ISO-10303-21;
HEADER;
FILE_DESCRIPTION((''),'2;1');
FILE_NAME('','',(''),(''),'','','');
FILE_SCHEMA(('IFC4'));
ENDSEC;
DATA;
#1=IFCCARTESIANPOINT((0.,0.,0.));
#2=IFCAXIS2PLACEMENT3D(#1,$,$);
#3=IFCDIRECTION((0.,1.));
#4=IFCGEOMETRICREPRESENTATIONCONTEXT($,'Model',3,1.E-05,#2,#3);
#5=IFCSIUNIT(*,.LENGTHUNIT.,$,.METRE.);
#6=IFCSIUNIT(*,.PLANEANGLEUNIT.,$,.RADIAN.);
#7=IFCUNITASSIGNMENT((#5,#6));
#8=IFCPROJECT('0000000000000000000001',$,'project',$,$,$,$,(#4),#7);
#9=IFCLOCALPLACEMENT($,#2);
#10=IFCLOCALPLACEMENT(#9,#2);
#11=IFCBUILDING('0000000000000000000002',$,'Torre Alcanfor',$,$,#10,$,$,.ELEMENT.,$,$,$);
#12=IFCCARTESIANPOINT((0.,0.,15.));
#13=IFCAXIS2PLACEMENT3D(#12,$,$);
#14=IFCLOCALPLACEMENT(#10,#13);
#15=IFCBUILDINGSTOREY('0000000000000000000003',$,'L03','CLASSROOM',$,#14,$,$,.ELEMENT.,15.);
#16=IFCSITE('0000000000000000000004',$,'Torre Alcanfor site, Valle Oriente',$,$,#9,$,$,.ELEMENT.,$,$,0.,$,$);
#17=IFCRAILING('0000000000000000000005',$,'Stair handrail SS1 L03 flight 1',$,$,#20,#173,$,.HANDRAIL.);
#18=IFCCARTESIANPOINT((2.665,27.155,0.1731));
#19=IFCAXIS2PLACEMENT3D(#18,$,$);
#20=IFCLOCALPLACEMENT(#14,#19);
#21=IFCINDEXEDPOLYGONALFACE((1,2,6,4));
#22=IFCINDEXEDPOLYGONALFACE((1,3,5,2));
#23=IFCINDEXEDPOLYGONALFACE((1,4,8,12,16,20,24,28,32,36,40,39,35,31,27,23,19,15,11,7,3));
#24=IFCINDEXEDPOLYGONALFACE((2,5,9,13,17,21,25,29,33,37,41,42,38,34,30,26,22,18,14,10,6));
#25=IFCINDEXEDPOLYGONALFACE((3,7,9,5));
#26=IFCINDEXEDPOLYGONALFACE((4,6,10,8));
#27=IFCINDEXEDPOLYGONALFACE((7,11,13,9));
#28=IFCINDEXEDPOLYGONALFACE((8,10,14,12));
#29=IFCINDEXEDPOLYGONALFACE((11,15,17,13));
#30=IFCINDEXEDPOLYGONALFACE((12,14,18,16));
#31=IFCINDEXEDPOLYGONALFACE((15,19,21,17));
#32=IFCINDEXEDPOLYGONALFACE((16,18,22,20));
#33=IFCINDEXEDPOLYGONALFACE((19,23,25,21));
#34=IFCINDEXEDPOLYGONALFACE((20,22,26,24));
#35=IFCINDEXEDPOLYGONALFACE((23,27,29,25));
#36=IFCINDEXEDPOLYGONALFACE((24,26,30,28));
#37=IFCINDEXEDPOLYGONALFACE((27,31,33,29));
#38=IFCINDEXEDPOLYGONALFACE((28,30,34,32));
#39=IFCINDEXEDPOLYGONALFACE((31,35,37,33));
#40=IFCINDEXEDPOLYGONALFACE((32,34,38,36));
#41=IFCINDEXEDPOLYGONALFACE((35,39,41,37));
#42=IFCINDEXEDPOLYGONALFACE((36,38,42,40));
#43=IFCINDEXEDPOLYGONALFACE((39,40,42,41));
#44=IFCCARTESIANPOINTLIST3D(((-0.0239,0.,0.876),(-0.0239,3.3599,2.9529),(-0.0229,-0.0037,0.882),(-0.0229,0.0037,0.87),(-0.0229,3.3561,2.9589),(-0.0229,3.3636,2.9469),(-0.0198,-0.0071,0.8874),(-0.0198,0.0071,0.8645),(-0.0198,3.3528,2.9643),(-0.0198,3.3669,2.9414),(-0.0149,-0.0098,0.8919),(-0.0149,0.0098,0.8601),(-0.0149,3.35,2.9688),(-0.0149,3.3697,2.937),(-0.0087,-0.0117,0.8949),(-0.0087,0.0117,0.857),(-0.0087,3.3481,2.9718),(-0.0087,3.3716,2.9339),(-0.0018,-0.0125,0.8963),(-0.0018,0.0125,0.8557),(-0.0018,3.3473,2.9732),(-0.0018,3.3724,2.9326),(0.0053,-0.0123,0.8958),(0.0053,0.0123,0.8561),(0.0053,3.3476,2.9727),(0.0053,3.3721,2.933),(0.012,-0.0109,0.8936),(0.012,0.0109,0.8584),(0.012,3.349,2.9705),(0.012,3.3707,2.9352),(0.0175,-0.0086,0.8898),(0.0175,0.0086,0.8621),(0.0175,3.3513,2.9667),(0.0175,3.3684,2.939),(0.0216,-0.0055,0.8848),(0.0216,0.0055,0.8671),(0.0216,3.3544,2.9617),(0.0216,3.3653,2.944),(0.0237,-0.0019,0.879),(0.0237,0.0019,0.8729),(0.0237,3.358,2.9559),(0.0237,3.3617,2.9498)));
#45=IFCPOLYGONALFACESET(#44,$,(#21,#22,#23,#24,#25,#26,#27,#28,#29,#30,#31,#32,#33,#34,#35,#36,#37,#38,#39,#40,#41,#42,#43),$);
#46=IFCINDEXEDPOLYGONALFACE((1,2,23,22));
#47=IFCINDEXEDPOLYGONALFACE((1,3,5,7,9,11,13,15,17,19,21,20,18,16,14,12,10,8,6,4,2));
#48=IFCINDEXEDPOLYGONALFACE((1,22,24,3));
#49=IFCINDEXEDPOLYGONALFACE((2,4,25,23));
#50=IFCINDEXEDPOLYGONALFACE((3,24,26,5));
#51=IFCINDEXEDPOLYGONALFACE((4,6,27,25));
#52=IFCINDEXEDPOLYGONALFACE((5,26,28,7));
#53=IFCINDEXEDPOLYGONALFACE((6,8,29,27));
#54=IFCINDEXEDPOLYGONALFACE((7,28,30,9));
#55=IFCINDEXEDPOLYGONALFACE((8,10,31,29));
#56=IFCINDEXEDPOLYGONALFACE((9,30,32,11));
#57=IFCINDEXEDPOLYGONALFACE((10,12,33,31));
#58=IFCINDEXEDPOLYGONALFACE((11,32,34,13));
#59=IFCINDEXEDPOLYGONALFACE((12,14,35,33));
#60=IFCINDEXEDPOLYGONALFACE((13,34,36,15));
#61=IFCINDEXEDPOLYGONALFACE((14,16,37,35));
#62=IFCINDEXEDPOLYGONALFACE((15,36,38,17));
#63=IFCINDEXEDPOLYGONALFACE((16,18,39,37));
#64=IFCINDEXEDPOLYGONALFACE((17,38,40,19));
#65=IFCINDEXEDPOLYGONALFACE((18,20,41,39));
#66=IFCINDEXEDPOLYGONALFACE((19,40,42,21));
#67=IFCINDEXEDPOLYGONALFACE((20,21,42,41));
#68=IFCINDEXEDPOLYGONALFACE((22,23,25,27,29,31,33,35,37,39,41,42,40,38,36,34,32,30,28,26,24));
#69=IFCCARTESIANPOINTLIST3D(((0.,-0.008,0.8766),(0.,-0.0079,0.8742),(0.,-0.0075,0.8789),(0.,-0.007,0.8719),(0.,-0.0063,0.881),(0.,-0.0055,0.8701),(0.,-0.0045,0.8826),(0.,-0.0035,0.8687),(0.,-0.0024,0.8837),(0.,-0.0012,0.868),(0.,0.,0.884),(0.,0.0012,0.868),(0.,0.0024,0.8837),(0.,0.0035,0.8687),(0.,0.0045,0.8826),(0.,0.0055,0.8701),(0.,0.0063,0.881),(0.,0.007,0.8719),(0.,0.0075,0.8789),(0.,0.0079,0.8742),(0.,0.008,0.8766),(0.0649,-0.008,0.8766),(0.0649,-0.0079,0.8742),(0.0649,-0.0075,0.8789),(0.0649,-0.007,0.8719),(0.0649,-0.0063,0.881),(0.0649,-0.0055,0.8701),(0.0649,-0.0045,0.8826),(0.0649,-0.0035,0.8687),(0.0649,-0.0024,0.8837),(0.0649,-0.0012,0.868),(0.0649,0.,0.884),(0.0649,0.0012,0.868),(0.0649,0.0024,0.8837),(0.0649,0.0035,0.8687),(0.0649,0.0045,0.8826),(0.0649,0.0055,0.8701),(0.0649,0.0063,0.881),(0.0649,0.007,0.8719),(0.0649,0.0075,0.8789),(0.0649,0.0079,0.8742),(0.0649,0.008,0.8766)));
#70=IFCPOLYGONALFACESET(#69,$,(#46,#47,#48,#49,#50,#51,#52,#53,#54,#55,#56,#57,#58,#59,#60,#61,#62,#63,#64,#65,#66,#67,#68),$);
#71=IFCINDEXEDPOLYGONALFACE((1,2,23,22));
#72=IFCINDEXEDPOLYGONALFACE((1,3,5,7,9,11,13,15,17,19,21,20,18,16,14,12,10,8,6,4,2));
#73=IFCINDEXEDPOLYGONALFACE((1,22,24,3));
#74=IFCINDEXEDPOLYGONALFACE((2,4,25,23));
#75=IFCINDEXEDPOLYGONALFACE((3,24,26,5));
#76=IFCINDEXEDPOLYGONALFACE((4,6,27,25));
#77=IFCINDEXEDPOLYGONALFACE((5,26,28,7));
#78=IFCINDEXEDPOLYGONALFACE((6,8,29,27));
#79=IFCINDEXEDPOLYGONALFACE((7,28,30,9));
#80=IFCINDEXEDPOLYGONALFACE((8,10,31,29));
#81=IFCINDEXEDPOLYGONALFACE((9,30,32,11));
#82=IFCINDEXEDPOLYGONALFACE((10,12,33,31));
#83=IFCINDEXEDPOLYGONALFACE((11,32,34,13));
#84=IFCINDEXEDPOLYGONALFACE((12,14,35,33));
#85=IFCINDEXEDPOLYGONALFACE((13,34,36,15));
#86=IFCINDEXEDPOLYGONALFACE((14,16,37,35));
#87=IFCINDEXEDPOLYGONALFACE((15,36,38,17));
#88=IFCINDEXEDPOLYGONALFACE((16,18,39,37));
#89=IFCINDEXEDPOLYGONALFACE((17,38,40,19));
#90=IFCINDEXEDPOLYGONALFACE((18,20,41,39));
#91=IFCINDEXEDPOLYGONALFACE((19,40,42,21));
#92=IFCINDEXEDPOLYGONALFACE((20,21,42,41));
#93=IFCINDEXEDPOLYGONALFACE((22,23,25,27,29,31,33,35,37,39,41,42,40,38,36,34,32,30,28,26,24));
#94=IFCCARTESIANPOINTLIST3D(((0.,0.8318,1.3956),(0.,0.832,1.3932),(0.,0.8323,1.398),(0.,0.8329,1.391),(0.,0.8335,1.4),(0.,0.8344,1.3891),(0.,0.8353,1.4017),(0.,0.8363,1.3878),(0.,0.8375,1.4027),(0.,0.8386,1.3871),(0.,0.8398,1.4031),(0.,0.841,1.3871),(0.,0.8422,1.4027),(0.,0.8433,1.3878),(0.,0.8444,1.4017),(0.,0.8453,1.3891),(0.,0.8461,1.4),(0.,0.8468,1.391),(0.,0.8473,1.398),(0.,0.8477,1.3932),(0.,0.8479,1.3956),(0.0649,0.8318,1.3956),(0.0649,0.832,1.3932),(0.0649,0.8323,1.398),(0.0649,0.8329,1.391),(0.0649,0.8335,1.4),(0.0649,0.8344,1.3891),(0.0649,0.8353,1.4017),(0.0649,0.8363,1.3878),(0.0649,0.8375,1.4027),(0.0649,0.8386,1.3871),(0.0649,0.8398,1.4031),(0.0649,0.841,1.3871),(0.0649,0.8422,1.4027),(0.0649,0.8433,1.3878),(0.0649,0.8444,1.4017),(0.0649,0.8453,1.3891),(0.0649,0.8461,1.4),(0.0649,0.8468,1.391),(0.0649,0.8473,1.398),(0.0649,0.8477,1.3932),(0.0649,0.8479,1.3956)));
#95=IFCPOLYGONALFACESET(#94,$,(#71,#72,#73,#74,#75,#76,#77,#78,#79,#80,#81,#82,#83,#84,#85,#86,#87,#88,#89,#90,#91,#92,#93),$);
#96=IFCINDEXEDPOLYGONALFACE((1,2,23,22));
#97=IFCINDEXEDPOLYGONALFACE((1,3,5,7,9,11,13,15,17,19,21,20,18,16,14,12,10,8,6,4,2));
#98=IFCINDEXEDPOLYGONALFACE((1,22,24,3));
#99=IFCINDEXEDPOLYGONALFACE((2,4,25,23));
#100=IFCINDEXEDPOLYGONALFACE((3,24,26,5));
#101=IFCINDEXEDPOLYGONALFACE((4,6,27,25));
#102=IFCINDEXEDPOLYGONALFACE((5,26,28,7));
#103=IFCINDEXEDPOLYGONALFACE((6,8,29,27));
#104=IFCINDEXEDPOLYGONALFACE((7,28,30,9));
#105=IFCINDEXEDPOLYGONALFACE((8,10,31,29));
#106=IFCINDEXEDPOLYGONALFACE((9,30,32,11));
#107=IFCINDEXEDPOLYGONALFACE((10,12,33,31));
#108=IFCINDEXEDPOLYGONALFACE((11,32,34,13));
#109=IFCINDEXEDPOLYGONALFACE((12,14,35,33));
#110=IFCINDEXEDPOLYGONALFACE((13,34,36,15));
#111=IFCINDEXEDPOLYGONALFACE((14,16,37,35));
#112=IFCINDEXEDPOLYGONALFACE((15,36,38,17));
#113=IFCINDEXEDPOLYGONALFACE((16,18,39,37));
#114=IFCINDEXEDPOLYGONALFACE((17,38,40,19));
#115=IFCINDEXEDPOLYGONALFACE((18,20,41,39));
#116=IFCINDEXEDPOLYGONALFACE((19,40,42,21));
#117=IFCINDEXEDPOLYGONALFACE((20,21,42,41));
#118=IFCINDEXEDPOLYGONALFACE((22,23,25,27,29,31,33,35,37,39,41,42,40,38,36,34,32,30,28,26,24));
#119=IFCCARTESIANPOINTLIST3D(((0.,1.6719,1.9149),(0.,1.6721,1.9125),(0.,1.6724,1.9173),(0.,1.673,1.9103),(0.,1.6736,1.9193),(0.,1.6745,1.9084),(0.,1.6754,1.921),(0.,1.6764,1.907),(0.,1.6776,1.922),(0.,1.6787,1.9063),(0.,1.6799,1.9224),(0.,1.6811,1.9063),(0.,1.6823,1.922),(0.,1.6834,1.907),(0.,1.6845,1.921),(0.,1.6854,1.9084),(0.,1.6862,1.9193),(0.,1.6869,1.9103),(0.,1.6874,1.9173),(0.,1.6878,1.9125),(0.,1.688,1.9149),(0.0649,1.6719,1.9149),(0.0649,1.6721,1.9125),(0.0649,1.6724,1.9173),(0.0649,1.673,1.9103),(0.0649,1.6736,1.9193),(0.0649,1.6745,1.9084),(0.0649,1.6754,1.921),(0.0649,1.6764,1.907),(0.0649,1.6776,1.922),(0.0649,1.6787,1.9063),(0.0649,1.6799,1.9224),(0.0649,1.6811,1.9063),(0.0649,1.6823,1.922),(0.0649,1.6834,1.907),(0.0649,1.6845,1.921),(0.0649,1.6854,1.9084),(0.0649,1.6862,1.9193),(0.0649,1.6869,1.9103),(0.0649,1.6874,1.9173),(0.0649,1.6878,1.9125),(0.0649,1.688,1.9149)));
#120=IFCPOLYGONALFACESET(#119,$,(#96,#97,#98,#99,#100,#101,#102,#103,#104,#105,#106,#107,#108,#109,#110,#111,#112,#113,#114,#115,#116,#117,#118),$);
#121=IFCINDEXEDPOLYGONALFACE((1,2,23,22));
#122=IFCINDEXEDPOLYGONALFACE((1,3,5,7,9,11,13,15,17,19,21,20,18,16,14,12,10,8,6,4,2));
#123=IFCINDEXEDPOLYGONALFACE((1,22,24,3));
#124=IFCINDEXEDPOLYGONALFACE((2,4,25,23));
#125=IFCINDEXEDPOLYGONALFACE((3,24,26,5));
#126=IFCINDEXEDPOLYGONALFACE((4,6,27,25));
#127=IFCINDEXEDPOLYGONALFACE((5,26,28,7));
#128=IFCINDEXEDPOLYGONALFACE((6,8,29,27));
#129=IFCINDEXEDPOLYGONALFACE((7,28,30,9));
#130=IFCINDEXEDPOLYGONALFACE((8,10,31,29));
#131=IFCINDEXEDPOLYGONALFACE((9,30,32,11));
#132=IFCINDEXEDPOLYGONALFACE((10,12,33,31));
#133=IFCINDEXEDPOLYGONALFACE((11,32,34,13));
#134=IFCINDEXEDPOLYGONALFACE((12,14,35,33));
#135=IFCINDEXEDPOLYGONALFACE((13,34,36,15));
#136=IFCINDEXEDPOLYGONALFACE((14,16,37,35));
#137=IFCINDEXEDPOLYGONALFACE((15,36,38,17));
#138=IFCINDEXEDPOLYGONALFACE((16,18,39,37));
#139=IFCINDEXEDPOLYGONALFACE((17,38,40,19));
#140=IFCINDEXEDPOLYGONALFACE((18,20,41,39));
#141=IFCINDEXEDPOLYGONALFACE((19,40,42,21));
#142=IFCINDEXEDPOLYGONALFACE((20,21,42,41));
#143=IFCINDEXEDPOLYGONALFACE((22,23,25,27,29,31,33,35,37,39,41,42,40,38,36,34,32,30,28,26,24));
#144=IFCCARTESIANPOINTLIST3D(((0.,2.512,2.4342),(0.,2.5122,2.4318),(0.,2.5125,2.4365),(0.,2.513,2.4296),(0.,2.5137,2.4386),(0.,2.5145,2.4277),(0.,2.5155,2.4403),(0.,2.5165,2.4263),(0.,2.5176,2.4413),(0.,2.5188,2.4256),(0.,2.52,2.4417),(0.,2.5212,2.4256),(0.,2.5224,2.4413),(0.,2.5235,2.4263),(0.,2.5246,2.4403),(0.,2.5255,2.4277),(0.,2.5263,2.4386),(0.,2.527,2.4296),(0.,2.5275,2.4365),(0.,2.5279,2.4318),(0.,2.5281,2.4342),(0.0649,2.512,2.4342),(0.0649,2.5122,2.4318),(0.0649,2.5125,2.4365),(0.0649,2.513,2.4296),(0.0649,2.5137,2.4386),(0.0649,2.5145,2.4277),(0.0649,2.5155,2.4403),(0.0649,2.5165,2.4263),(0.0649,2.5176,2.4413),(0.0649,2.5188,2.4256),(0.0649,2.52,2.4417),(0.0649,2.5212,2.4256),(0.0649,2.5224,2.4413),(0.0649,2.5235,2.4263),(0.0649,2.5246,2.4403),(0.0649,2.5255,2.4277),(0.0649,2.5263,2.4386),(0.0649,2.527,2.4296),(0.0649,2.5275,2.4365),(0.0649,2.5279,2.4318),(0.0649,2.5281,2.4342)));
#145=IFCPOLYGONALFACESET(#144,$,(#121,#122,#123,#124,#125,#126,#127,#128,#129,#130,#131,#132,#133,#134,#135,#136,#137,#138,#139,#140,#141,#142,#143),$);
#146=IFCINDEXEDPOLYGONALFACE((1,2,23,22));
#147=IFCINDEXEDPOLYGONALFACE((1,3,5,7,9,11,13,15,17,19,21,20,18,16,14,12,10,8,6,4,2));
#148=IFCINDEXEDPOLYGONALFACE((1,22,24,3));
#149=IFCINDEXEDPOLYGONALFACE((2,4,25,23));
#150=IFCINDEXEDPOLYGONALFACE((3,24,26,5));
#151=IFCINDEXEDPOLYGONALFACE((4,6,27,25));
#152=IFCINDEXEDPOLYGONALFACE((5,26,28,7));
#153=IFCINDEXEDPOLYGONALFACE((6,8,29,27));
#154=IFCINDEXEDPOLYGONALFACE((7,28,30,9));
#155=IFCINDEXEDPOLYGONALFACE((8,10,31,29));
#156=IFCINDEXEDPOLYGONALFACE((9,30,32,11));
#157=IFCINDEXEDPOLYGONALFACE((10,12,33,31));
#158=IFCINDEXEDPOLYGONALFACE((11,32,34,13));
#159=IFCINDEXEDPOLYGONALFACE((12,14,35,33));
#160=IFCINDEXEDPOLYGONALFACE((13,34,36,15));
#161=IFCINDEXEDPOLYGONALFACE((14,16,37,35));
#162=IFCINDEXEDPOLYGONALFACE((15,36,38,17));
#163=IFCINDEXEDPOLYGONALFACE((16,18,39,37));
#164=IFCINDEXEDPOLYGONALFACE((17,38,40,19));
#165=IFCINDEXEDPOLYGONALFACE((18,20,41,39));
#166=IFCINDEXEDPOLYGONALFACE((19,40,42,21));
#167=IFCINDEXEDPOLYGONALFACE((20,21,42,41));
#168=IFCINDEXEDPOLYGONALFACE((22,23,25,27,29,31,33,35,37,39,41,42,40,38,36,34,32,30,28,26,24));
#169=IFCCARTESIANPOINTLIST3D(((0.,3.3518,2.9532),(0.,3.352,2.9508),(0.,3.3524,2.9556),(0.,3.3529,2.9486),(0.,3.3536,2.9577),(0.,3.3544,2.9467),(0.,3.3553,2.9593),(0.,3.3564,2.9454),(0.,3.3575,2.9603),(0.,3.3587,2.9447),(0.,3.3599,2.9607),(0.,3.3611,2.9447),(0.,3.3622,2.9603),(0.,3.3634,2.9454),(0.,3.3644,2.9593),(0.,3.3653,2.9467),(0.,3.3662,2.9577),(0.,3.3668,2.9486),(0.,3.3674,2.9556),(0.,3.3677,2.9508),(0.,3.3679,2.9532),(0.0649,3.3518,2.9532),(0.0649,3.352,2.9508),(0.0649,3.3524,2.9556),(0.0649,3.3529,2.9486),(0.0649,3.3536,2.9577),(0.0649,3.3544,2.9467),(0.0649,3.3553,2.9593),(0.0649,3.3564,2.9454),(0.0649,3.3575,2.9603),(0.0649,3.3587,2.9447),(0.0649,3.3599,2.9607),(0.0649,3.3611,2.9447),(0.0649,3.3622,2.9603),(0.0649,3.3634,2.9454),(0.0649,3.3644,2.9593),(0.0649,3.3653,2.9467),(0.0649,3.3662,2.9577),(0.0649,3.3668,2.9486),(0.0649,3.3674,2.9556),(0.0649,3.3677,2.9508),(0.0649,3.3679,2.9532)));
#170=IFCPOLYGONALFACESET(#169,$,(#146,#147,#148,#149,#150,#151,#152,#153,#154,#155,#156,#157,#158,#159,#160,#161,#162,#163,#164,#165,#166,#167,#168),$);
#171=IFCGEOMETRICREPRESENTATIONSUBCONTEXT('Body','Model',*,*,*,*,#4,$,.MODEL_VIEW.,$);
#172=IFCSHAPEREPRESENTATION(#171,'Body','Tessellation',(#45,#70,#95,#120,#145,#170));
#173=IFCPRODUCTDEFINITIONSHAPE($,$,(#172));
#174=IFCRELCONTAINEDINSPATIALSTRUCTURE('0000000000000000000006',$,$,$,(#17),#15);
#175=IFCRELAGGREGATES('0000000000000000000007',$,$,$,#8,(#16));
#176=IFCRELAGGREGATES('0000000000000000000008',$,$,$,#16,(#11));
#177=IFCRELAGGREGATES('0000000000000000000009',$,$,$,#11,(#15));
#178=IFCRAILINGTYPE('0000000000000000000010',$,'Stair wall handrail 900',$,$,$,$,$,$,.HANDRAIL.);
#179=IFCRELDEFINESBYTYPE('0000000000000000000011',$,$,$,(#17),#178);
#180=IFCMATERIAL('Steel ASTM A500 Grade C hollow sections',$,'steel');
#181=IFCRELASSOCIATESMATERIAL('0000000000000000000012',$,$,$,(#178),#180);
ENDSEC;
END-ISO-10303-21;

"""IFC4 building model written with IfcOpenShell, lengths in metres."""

from ifc_helpers import new_model, si_unit, direction, frame, origin, origin_2d, place, context, subcontext, project, spatial, circle, extrude, material, type_object, element, save


model = new_model("IFC4")

# Units and contexts
model_context = context("Model", 3, precision=1e-05, world=origin(), true_north=direction((0.0, 1.0)))
body_context = subcontext(model_context, "Body", "Model", "MODEL_VIEW")
ifc_project = project(units=[si_unit("LENGTHUNIT", "METRE"), si_unit("PLANEANGLEUNIT", "RADIAN")], contexts=[model_context])

# Site, building, storey
site_placement = place(None, origin())
site = spatial("IfcSite", under=ifc_project, at=site_placement, Name="Torre Alcanfor site, Valle Oriente", CompositionType="ELEMENT", RefElevation=0.0)
building_placement = place(site_placement, origin())
building = spatial("IfcBuilding", under=site, at=building_placement, Name="Torre Alcanfor", CompositionType="ELEMENT")
storey_placement = place(building_placement, frame((0.0, 0.0, 15.0)))
storey = spatial("IfcBuildingStorey", under=building, at=storey_placement, Name="L03", Description="CLASSROOM", CompositionType="ELEMENT", Elevation=15.0)

# Railing
ifc_material_1 = material(Name="Steel ASTM A500 Grade C hollow sections", Category="steel")
railing_type_1 = type_object("IfcRailingType", Name="Stair wall handrail 900", PredefinedType="HANDRAIL", material=ifc_material_1)
railing_1_placement = place(storey_placement, frame((2.665, 27.155, 0.1731)))
element("IfcRailing", 1, at=railing_1_placement, inside=storey, type_object=railing_type_1, Name="Stair handrail SS1 L03 flight 1", PredefinedType="HANDRAIL", context=body_context, shape_type="SweptSolid", body=[
    extrude(circle(Radius=0.0239, at=origin_2d()), frame((0.0, 0.0, 0.876), z_axis=(0.0, 0.850606, 0.525803), x_axis=(-1.0, 0.0, 0.0)), (0.0, 0.0, 1.0), 3.95),
    extrude(circle(Radius=0.0081, at=origin_2d()), frame((0.0, 0.0, 0.876), z_axis=(1.0, 0.0, 0.0), x_axis=(0.0, 0.0, 1.0)), (0.0, 0.0, 1.0), 0.0649),
    extrude(circle(Radius=0.0081, at=origin_2d()), frame((0.0, 0.8398, 1.395), z_axis=(1.0, 0.0, 0.0), x_axis=(0.0, 0.0, 1.0)), (0.0, 0.0, 1.0), 0.0649),
    extrude(circle(Radius=0.0081, at=origin_2d()), frame((0.0, 1.6799, 1.9143), z_axis=(1.0, 0.0, 0.0), x_axis=(0.0, 0.0, 1.0)), (0.0, 0.0, 1.0), 0.0649),
    extrude(circle(Radius=0.0081, at=origin_2d()), frame((0.0, 2.52, 2.4336), z_axis=(1.0, 0.0, 0.0), x_axis=(0.0, 0.0, 1.0)), (0.0, 0.0, 1.0), 0.0649),
    extrude(circle(Radius=0.0081, at=origin_2d()), frame((0.0, 3.3599, 2.9526), z_axis=(1.0, 0.0, 0.0), x_axis=(0.0, 0.0, 1.0)), (0.0, 0.0, 1.0), 0.0649),
])

save(model, "model.ifc")
